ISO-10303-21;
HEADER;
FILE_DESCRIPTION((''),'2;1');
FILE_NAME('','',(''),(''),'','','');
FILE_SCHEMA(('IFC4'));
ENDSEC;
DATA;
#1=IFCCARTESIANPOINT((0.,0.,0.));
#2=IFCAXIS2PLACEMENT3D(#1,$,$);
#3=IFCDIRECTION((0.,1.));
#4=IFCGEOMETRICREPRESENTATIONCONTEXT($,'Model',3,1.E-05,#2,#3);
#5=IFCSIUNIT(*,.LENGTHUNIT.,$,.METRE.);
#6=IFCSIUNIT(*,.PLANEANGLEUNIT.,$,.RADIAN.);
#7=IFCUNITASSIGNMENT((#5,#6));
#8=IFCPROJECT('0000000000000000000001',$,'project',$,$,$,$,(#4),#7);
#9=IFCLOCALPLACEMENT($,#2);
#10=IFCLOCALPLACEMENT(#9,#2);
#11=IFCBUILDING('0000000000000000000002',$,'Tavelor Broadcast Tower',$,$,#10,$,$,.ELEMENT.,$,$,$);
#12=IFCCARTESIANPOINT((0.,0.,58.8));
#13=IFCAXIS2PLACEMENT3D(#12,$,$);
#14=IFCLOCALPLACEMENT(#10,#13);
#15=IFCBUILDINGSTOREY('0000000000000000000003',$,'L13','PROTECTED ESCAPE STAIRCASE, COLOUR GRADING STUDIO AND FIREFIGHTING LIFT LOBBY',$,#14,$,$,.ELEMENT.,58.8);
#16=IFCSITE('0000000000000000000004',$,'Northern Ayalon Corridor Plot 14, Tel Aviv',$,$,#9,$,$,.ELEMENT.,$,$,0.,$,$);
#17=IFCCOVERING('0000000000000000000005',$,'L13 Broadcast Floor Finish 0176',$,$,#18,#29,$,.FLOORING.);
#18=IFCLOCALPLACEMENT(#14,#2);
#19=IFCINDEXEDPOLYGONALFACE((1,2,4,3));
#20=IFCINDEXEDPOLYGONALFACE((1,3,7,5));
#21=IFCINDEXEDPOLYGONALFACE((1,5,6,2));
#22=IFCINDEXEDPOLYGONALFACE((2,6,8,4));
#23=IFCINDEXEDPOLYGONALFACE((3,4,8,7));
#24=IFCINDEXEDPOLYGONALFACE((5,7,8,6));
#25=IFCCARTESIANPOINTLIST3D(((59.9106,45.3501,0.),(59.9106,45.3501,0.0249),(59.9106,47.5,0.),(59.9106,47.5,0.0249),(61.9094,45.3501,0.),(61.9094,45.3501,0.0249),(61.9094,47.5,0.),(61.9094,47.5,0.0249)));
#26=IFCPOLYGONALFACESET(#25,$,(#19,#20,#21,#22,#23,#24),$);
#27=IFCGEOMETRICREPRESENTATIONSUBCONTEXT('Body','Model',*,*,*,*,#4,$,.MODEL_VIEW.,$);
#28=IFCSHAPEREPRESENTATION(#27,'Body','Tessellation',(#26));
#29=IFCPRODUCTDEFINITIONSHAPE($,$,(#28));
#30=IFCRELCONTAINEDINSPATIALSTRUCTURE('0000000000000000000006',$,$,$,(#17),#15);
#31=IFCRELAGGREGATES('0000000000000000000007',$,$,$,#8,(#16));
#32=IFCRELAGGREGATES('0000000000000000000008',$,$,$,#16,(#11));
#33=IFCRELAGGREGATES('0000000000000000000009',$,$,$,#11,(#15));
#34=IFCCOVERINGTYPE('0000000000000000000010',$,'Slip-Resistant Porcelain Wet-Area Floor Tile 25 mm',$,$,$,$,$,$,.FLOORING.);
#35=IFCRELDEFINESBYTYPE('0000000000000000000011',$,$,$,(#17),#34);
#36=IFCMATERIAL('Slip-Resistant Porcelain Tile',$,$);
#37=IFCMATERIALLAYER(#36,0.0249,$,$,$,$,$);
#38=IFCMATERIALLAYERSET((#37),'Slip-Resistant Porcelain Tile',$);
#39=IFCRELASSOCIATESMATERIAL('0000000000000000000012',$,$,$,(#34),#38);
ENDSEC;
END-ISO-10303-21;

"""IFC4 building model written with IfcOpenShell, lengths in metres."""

from ifc_helpers import new_model, si_unit, direction, frame, origin, place, context, subcontext, project, spatial, polyline, outline, extrude, material, layer, layer_set, type_object, element, save


model = new_model("IFC4")

# Units and contexts
model_context = context("Model", 3, precision=1e-05, world=origin(), true_north=direction((0.0, 1.0)))
body_context = subcontext(model_context, "Body", "Model", "MODEL_VIEW")
ifc_project = project(units=[si_unit("LENGTHUNIT", "METRE"), si_unit("PLANEANGLEUNIT", "RADIAN")], contexts=[model_context])

# Site, building, storey
site_placement = place(None, origin())
site = spatial("IfcSite", under=ifc_project, at=site_placement, Name="Northern Ayalon Corridor Plot 14, Tel Aviv", CompositionType="ELEMENT", RefElevation=0.0)
building_placement = place(site_placement, origin())
building = spatial("IfcBuilding", under=site, at=building_placement, Name="Tavelor Broadcast Tower", CompositionType="ELEMENT")
storey_placement = place(building_placement, frame((0.0, 0.0, 58.8)))
storey = spatial("IfcBuildingStorey", under=building, at=storey_placement, Name="L13", Description="PROTECTED ESCAPE STAIRCASE, COLOUR GRADING STUDIO AND FIREFIGHTING LIFT LOBBY", CompositionType="ELEMENT", Elevation=58.8)

# Covering
ifc_material_1 = material(Name="Slip-Resistant Porcelain Tile")
ifc_layer_1 = layer(ifc_material_1, 0.0249)
ifc_layer_set_1 = layer_set([ifc_layer_1], Name="Slip-Resistant Porcelain Tile")
covering_type_1 = type_object("IfcCoveringType", Name="Slip-Resistant Porcelain Wet-Area Floor Tile 25 mm", PredefinedType="FLOORING", material=ifc_layer_set_1)
covering_1_placement = place(storey_placement, origin())
element("IfcCovering", 1, at=covering_1_placement, inside=storey, type_object=covering_type_1, Name="L13 Broadcast Floor Finish 0176", PredefinedType="FLOORING", context=body_context, shape_type="SweptSolid", body=[
    extrude(outline(polyline([(59.9106, 45.3501), (61.9094, 45.3501), (61.9094, 47.5), (59.9106, 47.5), (59.9106, 45.3501)])), origin(), (0.0, 0.0, 1.0), 0.0249),
])

save(model, "model.ifc")
